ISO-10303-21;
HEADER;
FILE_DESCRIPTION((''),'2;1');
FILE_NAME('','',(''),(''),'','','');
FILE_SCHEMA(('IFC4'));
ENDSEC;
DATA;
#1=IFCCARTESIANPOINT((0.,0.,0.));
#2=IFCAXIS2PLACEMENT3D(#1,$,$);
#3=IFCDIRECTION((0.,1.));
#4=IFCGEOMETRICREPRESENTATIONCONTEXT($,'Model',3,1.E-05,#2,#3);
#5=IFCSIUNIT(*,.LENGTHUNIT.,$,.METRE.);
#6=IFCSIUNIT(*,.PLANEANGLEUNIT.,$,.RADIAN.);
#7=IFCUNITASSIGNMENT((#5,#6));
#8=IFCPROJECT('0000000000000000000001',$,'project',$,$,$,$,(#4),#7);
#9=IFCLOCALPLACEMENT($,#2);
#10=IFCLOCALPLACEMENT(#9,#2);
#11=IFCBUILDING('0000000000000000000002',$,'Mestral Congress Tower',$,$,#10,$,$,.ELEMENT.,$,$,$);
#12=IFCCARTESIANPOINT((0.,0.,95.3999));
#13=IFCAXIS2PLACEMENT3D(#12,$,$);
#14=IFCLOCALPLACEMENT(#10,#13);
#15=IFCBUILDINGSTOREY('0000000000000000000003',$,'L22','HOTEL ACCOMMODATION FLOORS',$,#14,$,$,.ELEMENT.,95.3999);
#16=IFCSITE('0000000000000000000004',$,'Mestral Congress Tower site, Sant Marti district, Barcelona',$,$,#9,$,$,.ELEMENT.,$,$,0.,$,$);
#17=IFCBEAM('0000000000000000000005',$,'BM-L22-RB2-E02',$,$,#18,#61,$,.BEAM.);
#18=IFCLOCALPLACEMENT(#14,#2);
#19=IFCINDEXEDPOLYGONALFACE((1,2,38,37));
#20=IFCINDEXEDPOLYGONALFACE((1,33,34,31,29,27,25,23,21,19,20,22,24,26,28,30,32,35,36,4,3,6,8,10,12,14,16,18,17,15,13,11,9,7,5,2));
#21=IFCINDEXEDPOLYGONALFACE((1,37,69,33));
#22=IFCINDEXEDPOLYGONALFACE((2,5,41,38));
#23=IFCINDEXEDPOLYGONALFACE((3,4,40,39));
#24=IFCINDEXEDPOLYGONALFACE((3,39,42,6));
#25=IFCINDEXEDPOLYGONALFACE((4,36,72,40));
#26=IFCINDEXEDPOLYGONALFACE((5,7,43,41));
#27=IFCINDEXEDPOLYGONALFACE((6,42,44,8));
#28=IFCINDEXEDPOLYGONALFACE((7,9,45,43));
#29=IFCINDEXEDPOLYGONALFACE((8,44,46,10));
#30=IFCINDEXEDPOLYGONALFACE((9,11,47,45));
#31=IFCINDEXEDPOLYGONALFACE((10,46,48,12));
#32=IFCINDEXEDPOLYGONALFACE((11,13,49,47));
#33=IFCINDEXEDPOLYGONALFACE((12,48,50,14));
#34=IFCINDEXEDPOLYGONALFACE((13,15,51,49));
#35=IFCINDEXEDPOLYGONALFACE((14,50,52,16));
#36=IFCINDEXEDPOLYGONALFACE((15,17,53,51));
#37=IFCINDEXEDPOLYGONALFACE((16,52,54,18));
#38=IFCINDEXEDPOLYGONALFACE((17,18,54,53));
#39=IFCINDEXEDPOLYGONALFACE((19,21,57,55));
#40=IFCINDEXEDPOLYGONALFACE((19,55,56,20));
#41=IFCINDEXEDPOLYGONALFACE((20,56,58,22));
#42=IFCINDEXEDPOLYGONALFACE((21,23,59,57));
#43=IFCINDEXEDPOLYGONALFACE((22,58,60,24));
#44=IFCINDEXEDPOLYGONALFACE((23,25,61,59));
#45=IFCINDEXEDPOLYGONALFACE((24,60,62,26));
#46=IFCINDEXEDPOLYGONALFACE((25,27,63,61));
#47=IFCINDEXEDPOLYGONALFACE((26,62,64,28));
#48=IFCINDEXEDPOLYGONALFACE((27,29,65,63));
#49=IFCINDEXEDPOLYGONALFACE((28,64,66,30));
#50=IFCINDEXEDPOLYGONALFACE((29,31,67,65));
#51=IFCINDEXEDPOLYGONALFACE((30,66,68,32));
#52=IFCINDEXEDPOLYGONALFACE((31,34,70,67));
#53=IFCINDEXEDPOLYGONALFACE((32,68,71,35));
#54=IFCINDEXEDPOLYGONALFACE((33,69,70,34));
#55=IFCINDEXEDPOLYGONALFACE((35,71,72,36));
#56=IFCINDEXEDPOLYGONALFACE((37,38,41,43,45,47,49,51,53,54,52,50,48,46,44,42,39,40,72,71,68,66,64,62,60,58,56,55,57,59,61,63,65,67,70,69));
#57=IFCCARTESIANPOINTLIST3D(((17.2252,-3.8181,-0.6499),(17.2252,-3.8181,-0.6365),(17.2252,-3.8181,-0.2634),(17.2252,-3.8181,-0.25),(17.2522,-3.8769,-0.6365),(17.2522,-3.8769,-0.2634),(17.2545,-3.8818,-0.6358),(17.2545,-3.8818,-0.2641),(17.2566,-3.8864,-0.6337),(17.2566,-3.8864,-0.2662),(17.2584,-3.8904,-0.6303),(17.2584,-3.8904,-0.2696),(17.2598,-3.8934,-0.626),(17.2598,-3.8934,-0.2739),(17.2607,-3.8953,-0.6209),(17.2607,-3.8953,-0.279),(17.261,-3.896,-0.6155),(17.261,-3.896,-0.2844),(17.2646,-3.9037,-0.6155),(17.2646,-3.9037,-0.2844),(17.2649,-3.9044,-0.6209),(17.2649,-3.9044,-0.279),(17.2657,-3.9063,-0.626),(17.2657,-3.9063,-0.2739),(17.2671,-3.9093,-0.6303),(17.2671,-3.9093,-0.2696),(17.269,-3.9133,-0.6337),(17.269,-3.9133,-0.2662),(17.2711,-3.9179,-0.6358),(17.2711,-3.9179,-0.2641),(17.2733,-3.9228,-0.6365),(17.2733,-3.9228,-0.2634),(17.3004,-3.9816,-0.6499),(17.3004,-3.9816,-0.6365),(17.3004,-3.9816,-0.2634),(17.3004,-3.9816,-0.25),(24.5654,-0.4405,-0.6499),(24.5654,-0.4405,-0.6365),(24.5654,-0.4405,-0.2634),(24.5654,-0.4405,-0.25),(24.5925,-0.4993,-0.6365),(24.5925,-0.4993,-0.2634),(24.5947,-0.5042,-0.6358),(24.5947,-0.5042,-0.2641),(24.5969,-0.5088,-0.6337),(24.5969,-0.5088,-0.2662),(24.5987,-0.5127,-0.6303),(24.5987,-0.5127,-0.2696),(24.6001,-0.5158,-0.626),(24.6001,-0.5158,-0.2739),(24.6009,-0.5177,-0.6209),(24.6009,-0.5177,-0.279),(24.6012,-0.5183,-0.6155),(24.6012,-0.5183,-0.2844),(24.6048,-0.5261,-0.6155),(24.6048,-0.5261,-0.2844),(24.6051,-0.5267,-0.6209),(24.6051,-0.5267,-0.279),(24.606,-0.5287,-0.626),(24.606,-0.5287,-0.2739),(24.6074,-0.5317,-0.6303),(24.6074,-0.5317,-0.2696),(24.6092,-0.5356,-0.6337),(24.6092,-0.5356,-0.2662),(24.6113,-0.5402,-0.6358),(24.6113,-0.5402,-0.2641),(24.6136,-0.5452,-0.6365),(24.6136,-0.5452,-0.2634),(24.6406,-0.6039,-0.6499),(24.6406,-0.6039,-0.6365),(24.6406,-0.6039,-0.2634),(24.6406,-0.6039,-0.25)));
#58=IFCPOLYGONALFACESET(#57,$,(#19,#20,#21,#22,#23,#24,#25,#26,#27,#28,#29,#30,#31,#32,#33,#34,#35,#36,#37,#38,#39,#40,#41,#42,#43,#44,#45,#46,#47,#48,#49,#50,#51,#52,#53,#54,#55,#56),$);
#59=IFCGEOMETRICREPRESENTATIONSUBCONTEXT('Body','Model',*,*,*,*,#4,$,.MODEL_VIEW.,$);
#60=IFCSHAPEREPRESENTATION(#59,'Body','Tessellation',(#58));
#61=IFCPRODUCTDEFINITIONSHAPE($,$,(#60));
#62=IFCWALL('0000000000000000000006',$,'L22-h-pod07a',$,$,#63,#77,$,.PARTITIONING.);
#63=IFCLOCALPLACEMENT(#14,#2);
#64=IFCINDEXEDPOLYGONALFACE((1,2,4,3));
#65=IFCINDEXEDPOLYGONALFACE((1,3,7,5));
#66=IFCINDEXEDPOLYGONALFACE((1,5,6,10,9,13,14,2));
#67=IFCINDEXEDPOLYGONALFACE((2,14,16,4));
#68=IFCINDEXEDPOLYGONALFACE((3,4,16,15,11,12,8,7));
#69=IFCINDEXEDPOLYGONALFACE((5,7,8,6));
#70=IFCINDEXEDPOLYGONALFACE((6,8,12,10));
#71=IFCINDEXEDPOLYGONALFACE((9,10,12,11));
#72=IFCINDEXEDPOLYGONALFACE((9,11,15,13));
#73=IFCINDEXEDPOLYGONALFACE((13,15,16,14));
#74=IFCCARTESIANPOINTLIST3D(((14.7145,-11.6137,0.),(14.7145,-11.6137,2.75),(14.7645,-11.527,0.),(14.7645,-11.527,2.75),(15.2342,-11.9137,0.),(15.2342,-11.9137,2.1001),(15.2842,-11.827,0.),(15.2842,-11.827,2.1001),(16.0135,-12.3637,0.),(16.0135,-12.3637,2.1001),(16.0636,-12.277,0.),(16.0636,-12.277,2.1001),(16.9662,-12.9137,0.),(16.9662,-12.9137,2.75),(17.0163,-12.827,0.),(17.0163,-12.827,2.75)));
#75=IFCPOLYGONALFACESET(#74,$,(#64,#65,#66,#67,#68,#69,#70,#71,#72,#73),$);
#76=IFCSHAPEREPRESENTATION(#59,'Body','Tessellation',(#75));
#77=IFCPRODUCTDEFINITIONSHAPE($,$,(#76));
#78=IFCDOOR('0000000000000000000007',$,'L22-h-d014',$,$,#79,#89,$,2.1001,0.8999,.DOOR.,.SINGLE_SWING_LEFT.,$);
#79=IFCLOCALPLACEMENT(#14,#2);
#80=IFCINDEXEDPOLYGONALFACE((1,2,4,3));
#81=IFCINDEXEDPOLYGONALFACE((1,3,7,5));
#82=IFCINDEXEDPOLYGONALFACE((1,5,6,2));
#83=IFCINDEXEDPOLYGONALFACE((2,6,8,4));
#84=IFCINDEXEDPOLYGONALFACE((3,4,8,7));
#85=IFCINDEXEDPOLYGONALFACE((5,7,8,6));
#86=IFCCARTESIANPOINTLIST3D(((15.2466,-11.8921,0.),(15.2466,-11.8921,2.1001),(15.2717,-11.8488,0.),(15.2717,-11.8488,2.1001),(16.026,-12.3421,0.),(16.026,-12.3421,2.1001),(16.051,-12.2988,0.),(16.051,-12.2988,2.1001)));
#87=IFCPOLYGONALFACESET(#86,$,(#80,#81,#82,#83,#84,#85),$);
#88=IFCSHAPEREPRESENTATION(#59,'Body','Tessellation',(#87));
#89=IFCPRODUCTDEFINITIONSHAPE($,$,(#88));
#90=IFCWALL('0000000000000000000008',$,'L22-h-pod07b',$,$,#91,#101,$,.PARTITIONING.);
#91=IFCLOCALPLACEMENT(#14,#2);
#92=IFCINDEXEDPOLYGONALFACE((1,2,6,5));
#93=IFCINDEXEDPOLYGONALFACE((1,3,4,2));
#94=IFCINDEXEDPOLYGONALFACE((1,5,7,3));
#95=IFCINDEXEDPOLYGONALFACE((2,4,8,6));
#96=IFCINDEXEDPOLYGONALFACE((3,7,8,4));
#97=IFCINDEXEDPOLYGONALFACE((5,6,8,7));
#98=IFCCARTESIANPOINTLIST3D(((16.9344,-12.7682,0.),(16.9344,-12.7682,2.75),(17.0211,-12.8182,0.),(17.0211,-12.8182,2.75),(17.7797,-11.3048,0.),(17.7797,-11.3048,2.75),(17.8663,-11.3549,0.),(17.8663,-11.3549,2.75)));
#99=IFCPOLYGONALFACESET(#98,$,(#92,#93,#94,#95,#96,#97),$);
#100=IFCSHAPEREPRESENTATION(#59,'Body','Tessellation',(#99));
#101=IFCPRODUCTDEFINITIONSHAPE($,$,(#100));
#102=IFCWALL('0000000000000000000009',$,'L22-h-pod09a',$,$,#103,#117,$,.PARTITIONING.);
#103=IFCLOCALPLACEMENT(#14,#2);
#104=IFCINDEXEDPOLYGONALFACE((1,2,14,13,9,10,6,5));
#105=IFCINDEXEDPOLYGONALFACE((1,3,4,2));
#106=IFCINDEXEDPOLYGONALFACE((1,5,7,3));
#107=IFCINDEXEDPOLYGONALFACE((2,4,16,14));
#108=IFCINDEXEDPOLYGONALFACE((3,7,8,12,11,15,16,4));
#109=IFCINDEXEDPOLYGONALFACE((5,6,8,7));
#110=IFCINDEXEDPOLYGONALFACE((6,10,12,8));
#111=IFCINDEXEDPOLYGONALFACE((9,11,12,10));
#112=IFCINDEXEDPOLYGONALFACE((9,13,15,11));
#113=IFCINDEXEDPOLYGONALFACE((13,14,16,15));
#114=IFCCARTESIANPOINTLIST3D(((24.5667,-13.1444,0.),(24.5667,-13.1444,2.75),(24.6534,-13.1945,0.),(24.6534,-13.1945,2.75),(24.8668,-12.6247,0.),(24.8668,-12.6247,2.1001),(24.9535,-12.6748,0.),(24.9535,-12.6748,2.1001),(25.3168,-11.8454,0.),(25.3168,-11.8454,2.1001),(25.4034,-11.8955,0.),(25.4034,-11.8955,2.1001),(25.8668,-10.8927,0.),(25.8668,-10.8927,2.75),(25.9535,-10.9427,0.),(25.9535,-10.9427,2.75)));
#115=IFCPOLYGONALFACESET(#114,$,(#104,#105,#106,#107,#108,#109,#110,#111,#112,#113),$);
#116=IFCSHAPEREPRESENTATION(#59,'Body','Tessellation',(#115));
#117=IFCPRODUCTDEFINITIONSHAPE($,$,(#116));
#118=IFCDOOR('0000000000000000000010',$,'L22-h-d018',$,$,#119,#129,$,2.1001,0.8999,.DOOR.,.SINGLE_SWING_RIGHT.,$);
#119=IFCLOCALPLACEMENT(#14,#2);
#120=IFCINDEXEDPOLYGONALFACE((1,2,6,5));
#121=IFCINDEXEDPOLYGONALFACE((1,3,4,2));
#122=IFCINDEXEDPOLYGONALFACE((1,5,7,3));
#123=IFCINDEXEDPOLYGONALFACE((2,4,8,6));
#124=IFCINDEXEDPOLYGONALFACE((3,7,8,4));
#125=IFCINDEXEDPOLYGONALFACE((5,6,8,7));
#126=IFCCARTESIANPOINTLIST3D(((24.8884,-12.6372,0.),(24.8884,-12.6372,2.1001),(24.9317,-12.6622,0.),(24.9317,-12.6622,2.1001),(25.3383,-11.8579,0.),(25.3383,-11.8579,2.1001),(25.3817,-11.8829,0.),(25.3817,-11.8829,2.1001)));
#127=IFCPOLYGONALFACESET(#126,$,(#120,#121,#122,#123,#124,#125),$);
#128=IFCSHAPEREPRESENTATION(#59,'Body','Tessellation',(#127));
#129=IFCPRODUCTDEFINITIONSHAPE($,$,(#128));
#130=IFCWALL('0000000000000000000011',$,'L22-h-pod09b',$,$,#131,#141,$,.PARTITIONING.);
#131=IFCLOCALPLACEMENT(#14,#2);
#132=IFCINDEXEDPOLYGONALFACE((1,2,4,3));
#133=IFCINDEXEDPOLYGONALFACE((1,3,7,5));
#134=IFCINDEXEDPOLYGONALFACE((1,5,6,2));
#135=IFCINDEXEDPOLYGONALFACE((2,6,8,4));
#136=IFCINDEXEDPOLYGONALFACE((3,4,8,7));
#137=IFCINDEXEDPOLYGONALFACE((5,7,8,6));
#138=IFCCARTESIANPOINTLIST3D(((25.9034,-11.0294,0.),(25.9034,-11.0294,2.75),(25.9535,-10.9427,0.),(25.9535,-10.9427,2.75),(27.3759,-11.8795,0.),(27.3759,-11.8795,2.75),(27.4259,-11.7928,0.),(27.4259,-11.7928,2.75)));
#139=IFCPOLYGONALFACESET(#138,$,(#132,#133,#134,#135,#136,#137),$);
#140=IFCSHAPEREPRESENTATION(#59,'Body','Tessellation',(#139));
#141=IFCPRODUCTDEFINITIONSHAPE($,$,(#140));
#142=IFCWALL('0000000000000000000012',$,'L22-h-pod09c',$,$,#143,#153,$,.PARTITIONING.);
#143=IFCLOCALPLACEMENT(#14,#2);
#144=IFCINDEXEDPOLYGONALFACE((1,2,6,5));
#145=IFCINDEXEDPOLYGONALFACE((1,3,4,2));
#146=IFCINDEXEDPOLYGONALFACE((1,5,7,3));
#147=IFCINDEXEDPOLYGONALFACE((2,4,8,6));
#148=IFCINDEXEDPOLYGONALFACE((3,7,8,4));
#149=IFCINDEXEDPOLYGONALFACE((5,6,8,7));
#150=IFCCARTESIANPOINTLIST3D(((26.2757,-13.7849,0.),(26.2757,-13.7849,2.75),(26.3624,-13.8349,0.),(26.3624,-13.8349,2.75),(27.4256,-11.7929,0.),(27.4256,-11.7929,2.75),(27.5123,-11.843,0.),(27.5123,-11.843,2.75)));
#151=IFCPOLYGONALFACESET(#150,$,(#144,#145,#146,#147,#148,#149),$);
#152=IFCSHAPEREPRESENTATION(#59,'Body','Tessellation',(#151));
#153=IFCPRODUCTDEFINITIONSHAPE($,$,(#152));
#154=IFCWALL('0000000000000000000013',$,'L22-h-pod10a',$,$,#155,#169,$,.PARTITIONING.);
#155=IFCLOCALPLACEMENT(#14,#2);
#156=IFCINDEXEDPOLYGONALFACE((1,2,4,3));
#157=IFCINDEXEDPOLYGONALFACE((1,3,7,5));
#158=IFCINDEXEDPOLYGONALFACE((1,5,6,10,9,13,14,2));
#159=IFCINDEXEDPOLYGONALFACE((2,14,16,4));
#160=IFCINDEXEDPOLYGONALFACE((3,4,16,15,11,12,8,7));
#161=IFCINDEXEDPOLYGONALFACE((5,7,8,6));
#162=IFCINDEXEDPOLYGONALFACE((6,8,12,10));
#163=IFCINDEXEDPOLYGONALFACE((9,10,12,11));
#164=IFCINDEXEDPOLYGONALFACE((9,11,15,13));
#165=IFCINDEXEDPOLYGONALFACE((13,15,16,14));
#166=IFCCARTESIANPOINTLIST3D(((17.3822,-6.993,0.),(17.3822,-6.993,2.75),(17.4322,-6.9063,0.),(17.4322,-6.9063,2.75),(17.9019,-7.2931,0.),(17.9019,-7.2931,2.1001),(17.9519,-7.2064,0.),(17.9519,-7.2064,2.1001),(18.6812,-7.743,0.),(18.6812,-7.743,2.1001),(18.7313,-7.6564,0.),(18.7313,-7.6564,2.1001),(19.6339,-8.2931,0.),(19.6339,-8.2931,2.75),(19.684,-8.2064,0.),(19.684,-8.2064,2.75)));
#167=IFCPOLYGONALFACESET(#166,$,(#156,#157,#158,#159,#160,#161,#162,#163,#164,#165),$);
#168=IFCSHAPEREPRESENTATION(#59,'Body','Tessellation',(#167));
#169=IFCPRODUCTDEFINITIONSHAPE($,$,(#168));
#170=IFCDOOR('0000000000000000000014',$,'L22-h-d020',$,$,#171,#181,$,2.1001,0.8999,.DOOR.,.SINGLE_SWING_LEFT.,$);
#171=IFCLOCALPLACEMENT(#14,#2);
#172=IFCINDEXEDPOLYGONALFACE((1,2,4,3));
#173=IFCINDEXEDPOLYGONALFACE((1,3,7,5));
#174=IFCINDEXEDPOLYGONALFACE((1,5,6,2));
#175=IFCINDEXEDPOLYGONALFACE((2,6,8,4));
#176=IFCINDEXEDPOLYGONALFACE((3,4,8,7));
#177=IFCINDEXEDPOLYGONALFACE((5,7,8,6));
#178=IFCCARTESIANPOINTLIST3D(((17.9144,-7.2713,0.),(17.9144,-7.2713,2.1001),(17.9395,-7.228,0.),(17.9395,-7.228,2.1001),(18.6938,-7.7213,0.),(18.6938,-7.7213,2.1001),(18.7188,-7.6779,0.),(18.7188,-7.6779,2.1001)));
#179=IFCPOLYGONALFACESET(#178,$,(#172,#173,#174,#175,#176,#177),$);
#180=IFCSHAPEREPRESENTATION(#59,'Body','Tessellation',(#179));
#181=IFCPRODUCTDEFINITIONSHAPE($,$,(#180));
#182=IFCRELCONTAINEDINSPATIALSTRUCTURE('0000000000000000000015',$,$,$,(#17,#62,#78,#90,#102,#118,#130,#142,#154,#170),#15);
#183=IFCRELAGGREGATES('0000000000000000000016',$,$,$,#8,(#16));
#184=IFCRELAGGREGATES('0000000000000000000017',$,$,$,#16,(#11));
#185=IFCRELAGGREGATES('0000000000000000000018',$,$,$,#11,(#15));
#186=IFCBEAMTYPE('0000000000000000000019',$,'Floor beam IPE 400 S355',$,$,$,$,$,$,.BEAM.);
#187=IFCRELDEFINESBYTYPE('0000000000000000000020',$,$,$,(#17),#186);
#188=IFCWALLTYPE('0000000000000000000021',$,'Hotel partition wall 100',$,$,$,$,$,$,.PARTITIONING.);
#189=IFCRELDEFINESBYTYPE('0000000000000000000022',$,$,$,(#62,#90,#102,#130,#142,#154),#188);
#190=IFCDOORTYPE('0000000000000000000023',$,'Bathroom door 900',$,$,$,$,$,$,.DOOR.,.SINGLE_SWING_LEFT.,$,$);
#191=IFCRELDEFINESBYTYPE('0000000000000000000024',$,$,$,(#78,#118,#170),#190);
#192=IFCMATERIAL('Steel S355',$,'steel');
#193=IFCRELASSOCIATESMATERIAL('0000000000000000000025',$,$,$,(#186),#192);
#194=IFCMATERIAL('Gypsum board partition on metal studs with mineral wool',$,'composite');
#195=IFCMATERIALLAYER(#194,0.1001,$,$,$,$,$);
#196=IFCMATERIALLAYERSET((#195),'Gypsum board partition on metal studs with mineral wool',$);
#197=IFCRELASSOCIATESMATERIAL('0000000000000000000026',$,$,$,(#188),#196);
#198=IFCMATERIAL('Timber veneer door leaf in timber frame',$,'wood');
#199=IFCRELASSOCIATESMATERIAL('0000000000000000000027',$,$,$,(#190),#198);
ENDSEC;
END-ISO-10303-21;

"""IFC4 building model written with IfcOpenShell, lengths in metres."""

from ifc_helpers import new_model, si_unit, direction, frame, frame_2d, origin, origin_2d, place, context, subcontext, project, spatial, rectangle, i_section, extrude, material, layer, layer_set, material_profile, profile_set, type_object, element, fill, save


model = new_model("IFC4")

# Units and contexts
model_context = context("Model", 3, precision=1e-05, world=origin(), true_north=direction((0.0, 1.0)))
body_context = subcontext(model_context, "Body", "Model", "MODEL_VIEW")
ifc_project = project(units=[si_unit("LENGTHUNIT", "METRE"), si_unit("PLANEANGLEUNIT", "RADIAN")], contexts=[model_context])

# Site, building, storey
site_placement = place(None, origin())
site = spatial("IfcSite", under=ifc_project, at=site_placement, Name="Mestral Congress Tower site, Sant Marti district, Barcelona", CompositionType="ELEMENT", RefElevation=0.0)
building_placement = place(site_placement, origin())
building = spatial("IfcBuilding", under=site, at=building_placement, Name="Mestral Congress Tower", CompositionType="ELEMENT")
storey_placement = place(building_placement, frame((0.0, 0.0, 95.3999)))
storey = spatial("IfcBuildingStorey", under=building, at=storey_placement, Name="L22", Description="HOTEL ACCOMMODATION FLOORS", CompositionType="ELEMENT", Elevation=95.3999)

# Beam
ifc_material_1 = material(Name="Steel S355", Category="steel")
ifc_material_profile = material_profile(ifc_material_1, i_section(OverallWidth=0.1799, OverallDepth=0.3999, WebThickness=0.0085, FlangeThickness=0.0134, FilletRadius=0.021, at=origin_2d()), Name="IPE 400")
ifc_profile_set = profile_set([ifc_material_profile], Name="Steel S355")
beam_type = type_object("IfcBeamType", Name="Floor beam IPE 400 S355", PredefinedType="BEAM", material=ifc_profile_set)
beam_placement = place(storey_placement, frame((24.603, -0.5222, -0.45), z_axis=(-0.908437, -0.418021, 0.0), x_axis=(0.418021, -0.908437, 0.0)))
element("IfcBeam", 1, at=beam_placement, inside=storey, type_object=beam_type, Name="BM-L22-RB2-E02", PredefinedType="BEAM", context=body_context, shape_type="SweptSolid", body=[
    extrude(i_section(OverallWidth=0.1799, OverallDepth=0.3999, WebThickness=0.0085, FlangeThickness=0.0134, FilletRadius=0.021, at=origin_2d()), origin(), (0.0, 0.0, 1.0), 8.0801),
])

# Wall, opening, door
ifc_material_2 = material(Name="Gypsum board partition on metal studs with mineral wool", Category="composite")
ifc_layer_1 = layer(ifc_material_2, 0.1001)
ifc_layer_set_1 = layer_set([ifc_layer_1], Name="Gypsum board partition on metal studs with mineral wool")
wall_type_1 = type_object("IfcWallType", Name="Hotel partition wall 100", PredefinedType="PARTITIONING", material=ifc_layer_set_1)
wall_1_placement = place(storey_placement, frame((14.7395, -11.5703, 0.0), z_axis=(0.0, 0.0, 1.0), x_axis=(0.866021, -0.500007, 0.0)))
wall_1 = element("IfcWall", 2, at=wall_1_placement, inside=storey, type_object=wall_type_1, Name="L22-h-pod07a", PredefinedType="PARTITIONING", context=body_context, shape_type="SweptSolid", body=[
    extrude(rectangle(XDim=2.6001, YDim=0.1001, at=frame_2d((1.3, 0.0))), origin(), (0.0, 0.0, 1.0), 2.75),
])
opening_1_placement = place(wall_1_placement, frame((0.6001, 0.0, 0.0)))
opening_1 = element("IfcOpeningElement", 3, at=opening_1_placement, cuts=wall_1, PredefinedType="OPENING", context=body_context, shape_type="SweptSolid", body=[
    extrude(rectangle(XDim=0.8999, YDim=2.1001, at=frame_2d((0.45, 1.05))), frame((0.0, 0.0601, 0.0), z_axis=(0.0, -1.0, 0.0), x_axis=(1.0, 0.0, 0.0)), (0.0, 0.0, 1.0), 0.1201),
])
ifc_material_3 = material(Name="Timber veneer door leaf in timber frame", Category="wood")
door_type_1 = type_object("IfcDoorType", Name="Bathroom door 900", OperationType="SINGLE_SWING_LEFT", PredefinedType="DOOR", material=ifc_material_3)
door_1_placement = place(opening_1_placement, origin())
door_1 = element("IfcDoor", 4, at=door_1_placement, inside=storey, type_object=door_type_1, Name="L22-h-d014", OperationType="SINGLE_SWING_LEFT", OverallHeight=2.1001, OverallWidth=0.8999, PredefinedType="DOOR", context=body_context, shape_type="SweptSolid", body=[
    extrude(rectangle(XDim=0.8999, YDim=2.1001, at=frame_2d((0.45, 1.05))), frame((0.0, 0.0249, 0.0), z_axis=(0.0, -1.0, 0.0), x_axis=(1.0, 0.0, 0.0)), (0.0, 0.0, 1.0), 0.05),
])
fill(opening_1, door_1)

# Wall
wall_2_placement = place(storey_placement, frame((16.9778, -12.7932, 0.0), z_axis=(0.0, 0.0, 1.0), x_axis=(0.500148, 0.86594, 0.0)))
element("IfcWall", 5, at=wall_2_placement, inside=storey, type_object=wall_type_1, Name="L22-h-pod07b", PredefinedType="PARTITIONING", context=body_context, shape_type="SweptSolid", body=[
    extrude(rectangle(XDim=1.6899, YDim=0.1001, at=frame_2d((0.845, 0.0))), origin(), (0.0, 0.0, 1.0), 2.75),
])

# Wall, opening, door
wall_3_placement = place(storey_placement, frame((25.9102, -10.9177, 0.0), z_axis=(0.0, 0.0, 1.0), x_axis=(-0.500007, -0.866021, 0.0)))
wall_3 = element("IfcWall", 6, at=wall_3_placement, inside=storey, type_object=wall_type_1, Name="L22-h-pod09a", PredefinedType="PARTITIONING", context=body_context, shape_type="SweptSolid", body=[
    extrude(rectangle(XDim=2.6001, YDim=0.1001, at=frame_2d((1.3, 0.0))), origin(), (0.0, 0.0, 1.0), 2.75),
])
opening_2_placement = place(wall_3_placement, frame((1.1001, 0.0, 0.0)))
opening_2 = element("IfcOpeningElement", 7, at=opening_2_placement, cuts=wall_3, PredefinedType="OPENING", context=body_context, shape_type="SweptSolid", body=[
    extrude(rectangle(XDim=0.8999, YDim=2.1001, at=frame_2d((0.45, 1.05))), frame((0.0, 0.0601, 0.0), z_axis=(0.0, -1.0, 0.0), x_axis=(1.0, 0.0, 0.0)), (0.0, 0.0, 1.0), 0.1201),
])
door_2_placement = place(opening_2_placement, origin())
door_2 = element("IfcDoor", 8, at=door_2_placement, inside=storey, type_object=door_type_1, Name="L22-h-d018", OperationType="SINGLE_SWING_RIGHT", OverallHeight=2.1001, OverallWidth=0.8999, PredefinedType="DOOR", context=body_context, shape_type="SweptSolid", body=[
    extrude(rectangle(XDim=0.8999, YDim=2.1001, at=frame_2d((0.45, 1.05))), frame((0.0, 0.0249, 0.0), z_axis=(0.0, -1.0, 0.0), x_axis=(1.0, 0.0, 0.0)), (0.0, 0.0, 1.0), 0.05),
])
fill(opening_2, door_2)

# Walls
wall_4_placement = place(storey_placement, frame((25.9285, -10.9861, 0.0), z_axis=(0.0, 0.0, 1.0), x_axis=(0.866025, -0.5, 0.0)))
element("IfcWall", 9, at=wall_4_placement, inside=storey, type_object=wall_type_1, Name="L22-h-pod09b", PredefinedType="PARTITIONING", context=body_context, shape_type="SweptSolid", body=[
    extrude(rectangle(XDim=1.7002, YDim=0.1001, at=frame_2d((0.8501, 0.0))), origin(), (0.0, 0.0, 1.0), 2.75),
])
wall_5_placement = place(storey_placement, frame((26.3191, -13.8098, 0.0), z_axis=(0.0, 0.0, 1.0), x_axis=(0.499952, 0.866053, 0.0)))
element("IfcWall", 10, at=wall_5_placement, inside=storey, type_object=wall_type_1, Name="L22-h-pod09c", PredefinedType="PARTITIONING", context=body_context, shape_type="SweptSolid", body=[
    extrude(rectangle(XDim=2.3, YDim=0.1001, at=frame_2d((1.1499, 0.0))), origin(), (0.0, 0.0, 1.0), 2.75),
])

# Wall, opening, door
wall_6_placement = place(storey_placement, frame((19.6589, -8.2498, 0.0), z_axis=(0.0, 0.0, 1.0), x_axis=(-0.866021, 0.500007, 0.0)))
wall_6 = element("IfcWall", 11, at=wall_6_placement, inside=storey, type_object=wall_type_1, Name="L22-h-pod10a", PredefinedType="PARTITIONING", context=body_context, shape_type="SweptSolid", body=[
    extrude(rectangle(XDim=2.6001, YDim=0.1001, at=frame_2d((1.3, 0.0))), origin(), (0.0, 0.0, 1.0), 2.75),
])
opening_3_placement = place(wall_6_placement, frame((1.1001, 0.0, 0.0)))
opening_3 = element("IfcOpeningElement", 12, at=opening_3_placement, cuts=wall_6, PredefinedType="OPENING", context=body_context, shape_type="SweptSolid", body=[
    extrude(rectangle(XDim=0.8999, YDim=2.1001, at=frame_2d((0.45, 1.05))), frame((0.0, 0.0601, 0.0), z_axis=(0.0, -1.0, 0.0), x_axis=(1.0, 0.0, 0.0)), (0.0, 0.0, 1.0), 0.1201),
])
door_3_placement = place(opening_3_placement, origin())
door_3 = element("IfcDoor", 13, at=door_3_placement, inside=storey, type_object=door_type_1, Name="L22-h-d020", OperationType="SINGLE_SWING_LEFT", OverallHeight=2.1001, OverallWidth=0.8999, PredefinedType="DOOR", context=body_context, shape_type="SweptSolid", body=[
    extrude(rectangle(XDim=0.8999, YDim=2.1001, at=frame_2d((0.45, 1.05))), frame((0.0, 0.0249, 0.0), z_axis=(0.0, -1.0, 0.0), x_axis=(1.0, 0.0, 0.0)), (0.0, 0.0, 1.0), 0.05),
])
fill(opening_3, door_3)

save(model, "model.ifc")
